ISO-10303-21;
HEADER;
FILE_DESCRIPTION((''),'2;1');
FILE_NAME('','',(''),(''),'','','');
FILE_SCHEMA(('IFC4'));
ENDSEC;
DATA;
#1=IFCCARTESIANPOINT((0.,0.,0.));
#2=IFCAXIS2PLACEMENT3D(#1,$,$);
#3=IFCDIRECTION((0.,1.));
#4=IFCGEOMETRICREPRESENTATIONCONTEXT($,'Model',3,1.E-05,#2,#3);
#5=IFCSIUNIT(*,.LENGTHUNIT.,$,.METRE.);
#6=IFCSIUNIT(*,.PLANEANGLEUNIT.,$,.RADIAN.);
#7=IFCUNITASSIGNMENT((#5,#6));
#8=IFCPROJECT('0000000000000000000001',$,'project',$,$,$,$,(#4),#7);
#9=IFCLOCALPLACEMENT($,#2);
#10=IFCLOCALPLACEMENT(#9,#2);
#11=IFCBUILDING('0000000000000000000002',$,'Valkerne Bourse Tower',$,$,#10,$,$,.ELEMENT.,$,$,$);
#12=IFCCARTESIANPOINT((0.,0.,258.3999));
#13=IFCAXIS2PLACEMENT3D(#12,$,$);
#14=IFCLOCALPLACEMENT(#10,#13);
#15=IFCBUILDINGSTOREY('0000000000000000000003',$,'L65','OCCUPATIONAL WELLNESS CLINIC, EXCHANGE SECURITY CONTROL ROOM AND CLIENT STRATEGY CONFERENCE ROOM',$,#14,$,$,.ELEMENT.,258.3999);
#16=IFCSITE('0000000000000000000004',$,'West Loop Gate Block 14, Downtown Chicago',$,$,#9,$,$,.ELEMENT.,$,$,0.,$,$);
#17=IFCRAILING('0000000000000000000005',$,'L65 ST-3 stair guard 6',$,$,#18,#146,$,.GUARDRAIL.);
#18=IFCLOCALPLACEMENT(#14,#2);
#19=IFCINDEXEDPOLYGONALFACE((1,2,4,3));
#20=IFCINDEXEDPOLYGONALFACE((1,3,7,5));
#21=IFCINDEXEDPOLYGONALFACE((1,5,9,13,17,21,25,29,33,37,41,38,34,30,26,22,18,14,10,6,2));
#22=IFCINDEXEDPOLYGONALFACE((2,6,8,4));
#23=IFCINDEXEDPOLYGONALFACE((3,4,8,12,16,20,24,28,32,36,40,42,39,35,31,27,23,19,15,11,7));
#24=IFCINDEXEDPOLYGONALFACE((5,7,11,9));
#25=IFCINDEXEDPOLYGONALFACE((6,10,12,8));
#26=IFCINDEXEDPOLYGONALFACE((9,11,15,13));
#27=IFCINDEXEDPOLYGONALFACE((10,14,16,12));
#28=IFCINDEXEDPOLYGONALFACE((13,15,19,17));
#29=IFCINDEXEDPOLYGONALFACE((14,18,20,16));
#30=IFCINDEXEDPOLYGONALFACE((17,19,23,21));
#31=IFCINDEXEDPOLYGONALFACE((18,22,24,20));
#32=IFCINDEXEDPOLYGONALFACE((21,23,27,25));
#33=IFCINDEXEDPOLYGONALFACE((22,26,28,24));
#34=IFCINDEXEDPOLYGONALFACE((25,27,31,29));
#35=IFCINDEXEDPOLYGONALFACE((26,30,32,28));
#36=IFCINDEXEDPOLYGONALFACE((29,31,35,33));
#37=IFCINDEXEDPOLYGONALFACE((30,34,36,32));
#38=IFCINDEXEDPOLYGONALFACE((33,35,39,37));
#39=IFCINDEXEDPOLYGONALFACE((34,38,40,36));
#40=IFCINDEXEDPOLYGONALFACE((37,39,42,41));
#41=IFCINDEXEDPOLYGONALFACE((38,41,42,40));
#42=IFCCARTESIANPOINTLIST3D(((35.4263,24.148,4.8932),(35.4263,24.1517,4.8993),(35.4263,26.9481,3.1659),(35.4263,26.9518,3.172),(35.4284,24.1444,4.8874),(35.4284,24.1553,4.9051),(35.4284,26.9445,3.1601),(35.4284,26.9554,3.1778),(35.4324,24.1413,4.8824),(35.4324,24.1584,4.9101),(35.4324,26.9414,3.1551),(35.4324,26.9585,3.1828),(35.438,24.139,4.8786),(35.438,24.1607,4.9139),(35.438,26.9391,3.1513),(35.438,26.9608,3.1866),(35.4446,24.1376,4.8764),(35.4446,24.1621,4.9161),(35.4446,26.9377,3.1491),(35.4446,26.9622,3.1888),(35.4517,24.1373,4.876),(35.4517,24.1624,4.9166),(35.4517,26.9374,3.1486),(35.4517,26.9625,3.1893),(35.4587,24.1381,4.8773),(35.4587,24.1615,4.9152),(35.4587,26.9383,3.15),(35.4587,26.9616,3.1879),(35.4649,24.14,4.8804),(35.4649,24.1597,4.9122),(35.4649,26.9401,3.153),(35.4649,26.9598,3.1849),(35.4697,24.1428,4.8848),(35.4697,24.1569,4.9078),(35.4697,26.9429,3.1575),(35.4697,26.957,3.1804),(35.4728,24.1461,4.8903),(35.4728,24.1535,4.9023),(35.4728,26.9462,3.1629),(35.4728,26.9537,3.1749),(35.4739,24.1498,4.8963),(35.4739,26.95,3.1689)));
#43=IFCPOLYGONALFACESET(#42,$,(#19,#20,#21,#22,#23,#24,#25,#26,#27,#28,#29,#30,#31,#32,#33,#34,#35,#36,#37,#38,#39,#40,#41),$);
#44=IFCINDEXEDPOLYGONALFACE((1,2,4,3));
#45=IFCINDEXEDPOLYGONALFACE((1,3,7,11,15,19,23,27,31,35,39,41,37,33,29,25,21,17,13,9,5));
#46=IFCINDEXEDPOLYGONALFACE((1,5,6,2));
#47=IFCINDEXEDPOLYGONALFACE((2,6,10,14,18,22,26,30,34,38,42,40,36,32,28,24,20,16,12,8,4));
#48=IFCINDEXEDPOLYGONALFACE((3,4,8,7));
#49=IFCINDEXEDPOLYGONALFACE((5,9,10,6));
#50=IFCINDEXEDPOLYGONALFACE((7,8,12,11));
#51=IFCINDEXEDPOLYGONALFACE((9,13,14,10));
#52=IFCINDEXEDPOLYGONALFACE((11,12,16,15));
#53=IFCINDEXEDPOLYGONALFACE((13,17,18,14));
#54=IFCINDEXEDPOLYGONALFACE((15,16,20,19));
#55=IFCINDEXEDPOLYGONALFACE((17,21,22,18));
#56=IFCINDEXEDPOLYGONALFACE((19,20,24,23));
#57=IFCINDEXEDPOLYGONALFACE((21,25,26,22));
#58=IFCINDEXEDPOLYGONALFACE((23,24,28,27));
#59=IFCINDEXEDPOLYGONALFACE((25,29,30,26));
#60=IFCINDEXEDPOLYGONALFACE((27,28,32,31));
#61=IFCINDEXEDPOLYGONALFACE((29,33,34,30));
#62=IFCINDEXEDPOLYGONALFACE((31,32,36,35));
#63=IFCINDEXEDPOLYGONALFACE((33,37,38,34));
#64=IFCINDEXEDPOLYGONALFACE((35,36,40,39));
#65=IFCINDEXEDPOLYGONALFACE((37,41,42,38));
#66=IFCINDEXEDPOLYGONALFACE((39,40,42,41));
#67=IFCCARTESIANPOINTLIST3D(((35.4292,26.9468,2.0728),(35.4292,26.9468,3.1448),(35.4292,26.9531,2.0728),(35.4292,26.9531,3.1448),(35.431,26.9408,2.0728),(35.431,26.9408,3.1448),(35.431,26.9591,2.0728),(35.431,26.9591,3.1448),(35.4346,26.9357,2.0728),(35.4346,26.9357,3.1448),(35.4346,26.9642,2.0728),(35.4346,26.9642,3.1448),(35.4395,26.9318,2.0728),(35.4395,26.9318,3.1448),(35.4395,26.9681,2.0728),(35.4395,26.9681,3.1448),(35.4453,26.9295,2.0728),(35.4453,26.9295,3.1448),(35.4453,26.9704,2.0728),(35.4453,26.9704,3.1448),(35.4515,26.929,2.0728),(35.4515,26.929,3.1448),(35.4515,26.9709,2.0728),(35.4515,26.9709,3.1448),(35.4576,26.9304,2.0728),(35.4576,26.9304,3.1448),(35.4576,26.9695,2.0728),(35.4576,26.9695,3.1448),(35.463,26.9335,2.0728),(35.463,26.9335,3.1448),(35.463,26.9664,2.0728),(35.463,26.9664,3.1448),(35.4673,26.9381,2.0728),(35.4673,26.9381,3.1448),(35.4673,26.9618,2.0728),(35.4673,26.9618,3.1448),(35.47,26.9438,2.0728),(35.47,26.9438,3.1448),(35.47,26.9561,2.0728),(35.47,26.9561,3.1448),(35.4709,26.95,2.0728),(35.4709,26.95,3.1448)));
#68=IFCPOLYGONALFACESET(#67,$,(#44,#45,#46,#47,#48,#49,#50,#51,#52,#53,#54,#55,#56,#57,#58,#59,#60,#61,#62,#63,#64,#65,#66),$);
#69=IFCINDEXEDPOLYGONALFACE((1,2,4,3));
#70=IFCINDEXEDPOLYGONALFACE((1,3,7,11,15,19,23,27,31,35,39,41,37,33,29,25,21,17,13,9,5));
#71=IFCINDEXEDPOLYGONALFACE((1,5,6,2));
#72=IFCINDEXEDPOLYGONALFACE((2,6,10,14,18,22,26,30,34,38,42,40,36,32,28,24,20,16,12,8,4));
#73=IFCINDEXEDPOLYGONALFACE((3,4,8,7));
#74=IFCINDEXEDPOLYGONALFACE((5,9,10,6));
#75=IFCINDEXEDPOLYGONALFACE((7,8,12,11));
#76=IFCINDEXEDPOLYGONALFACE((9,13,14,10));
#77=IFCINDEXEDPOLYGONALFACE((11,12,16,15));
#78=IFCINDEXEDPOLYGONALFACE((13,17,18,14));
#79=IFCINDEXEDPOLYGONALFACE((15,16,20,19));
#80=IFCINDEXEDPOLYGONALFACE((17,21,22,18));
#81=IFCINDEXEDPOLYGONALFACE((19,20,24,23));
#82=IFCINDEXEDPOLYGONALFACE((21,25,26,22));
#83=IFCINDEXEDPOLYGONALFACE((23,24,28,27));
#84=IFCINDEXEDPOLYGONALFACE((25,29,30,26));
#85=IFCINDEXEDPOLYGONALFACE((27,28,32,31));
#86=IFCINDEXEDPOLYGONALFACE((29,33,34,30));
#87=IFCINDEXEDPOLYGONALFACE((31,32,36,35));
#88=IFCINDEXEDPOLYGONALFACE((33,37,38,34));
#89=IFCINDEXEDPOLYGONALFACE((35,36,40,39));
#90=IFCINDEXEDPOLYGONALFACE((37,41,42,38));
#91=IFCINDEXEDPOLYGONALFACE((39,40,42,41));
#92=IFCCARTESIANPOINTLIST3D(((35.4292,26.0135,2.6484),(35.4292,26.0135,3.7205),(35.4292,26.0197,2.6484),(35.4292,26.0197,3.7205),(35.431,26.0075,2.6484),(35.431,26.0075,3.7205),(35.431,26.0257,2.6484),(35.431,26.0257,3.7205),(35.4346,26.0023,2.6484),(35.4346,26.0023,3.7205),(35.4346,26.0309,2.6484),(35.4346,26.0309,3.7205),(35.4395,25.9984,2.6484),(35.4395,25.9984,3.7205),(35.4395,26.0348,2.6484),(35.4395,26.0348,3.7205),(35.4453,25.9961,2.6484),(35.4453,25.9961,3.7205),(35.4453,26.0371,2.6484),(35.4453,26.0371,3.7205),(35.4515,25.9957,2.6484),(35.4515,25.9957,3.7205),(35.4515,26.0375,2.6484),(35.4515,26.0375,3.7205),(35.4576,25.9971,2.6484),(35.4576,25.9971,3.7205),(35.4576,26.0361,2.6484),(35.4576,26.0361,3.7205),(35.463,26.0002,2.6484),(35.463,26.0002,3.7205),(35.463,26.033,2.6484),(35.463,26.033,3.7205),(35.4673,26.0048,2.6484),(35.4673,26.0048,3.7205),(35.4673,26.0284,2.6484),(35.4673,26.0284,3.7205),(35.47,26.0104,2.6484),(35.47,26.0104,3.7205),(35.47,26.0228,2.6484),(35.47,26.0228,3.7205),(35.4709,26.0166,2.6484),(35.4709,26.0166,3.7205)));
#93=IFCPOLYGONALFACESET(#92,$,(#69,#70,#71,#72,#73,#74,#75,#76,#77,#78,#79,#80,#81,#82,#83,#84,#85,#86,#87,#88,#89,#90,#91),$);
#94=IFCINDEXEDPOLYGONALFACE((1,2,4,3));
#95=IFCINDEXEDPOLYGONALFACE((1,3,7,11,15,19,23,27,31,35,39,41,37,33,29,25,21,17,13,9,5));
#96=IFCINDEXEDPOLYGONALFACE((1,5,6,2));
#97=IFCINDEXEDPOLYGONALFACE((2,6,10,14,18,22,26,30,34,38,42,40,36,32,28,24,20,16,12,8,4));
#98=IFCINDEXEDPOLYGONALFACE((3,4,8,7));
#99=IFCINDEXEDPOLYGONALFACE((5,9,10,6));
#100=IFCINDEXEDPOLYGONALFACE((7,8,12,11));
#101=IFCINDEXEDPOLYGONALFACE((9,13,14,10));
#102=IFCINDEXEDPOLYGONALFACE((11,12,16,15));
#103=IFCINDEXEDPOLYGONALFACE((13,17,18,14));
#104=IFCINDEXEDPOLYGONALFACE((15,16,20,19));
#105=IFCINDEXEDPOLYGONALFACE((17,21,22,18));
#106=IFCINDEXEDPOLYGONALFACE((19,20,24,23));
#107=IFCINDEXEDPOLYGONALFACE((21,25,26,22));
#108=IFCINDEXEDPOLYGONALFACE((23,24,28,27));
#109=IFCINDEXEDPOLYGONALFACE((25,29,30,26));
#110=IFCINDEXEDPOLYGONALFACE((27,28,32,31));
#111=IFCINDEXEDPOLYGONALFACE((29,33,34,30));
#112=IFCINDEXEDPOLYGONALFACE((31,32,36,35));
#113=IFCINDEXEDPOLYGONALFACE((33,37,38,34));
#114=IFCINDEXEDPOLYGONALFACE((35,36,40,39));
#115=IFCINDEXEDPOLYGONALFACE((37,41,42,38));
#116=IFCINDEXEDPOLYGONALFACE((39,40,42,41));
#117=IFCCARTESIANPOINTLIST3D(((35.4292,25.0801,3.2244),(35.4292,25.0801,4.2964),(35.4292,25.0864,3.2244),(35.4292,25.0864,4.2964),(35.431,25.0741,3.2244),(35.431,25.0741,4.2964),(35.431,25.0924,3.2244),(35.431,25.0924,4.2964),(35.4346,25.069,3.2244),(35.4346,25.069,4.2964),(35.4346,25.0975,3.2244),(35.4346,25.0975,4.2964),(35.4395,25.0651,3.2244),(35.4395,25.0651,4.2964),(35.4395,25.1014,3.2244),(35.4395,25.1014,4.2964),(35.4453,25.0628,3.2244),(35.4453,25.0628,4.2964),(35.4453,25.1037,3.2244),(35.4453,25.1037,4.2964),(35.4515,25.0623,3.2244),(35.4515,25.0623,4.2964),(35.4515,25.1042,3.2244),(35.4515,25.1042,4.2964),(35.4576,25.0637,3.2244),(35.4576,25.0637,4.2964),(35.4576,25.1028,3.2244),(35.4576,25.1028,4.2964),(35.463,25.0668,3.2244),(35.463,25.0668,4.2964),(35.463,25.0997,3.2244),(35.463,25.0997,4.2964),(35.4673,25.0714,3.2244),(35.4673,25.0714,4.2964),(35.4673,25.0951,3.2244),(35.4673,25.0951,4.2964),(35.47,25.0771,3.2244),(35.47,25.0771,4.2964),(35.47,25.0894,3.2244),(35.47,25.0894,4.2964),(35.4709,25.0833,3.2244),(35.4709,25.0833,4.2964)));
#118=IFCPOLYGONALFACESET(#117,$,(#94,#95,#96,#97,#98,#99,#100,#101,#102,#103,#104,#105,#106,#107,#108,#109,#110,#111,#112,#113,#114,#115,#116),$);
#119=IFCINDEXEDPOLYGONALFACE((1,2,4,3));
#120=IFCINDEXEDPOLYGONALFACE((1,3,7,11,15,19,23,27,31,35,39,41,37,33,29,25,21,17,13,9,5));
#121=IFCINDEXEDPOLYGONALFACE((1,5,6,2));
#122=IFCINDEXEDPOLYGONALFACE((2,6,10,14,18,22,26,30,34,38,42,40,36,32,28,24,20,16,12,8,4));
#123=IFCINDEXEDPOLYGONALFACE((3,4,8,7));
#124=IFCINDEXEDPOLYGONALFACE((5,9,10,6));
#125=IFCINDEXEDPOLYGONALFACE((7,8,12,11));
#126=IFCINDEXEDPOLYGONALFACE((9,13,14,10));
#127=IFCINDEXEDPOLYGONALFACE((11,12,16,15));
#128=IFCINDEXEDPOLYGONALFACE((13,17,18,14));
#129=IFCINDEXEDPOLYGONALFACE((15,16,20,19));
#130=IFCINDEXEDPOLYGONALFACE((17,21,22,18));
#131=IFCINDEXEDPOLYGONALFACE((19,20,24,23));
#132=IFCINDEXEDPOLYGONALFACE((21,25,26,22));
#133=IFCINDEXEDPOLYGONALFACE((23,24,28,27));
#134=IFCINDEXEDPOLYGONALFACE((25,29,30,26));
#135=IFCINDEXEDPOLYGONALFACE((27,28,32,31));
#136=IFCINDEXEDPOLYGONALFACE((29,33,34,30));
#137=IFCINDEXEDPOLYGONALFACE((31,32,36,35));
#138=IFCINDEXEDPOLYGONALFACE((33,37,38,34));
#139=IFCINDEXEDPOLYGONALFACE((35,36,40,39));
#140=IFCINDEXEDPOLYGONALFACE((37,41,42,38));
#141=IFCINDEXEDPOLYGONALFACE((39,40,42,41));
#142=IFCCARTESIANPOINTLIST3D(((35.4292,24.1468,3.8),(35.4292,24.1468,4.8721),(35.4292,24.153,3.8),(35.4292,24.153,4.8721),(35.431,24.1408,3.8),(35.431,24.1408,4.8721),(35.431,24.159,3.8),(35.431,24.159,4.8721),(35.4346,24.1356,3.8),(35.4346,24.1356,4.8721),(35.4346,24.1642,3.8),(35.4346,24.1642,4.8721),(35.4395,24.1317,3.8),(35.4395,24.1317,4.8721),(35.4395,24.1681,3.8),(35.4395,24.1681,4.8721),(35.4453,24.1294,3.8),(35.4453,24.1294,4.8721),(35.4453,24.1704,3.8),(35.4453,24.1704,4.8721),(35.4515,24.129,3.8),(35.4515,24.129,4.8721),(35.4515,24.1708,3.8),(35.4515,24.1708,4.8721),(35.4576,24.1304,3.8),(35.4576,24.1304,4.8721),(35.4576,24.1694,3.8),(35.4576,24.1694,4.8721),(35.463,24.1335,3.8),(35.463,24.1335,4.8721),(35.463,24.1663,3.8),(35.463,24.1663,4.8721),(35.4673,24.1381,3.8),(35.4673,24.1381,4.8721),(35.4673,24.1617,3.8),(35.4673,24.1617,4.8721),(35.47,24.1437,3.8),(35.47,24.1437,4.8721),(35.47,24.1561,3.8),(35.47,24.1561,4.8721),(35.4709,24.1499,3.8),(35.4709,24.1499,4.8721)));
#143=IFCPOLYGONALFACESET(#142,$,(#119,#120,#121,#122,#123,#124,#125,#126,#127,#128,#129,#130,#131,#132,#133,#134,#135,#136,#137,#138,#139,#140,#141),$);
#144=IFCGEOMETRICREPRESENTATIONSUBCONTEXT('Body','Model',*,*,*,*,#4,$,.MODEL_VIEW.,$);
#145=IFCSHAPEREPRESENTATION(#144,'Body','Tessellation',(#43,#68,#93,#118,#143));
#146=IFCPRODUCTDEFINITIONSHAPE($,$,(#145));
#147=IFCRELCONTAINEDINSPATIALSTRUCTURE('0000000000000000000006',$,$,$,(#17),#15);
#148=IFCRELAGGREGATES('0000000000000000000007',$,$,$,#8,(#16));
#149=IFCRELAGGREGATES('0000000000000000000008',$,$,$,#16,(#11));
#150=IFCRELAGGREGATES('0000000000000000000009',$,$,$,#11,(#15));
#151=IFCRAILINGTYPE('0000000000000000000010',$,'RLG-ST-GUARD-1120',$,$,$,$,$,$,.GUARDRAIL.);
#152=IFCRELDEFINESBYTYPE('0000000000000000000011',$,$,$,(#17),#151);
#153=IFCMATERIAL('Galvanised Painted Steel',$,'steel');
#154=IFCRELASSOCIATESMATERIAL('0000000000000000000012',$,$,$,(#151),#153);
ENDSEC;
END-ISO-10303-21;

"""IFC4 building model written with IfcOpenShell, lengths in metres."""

from ifc_helpers import new_model, si_unit, direction, frame, origin, origin_2d, place, context, subcontext, project, spatial, circle, extrude, material, type_object, element, save


model = new_model("IFC4")

# Units and contexts
model_context = context("Model", 3, precision=1e-05, world=origin(), true_north=direction((0.0, 1.0)))
body_context = subcontext(model_context, "Body", "Model", "MODEL_VIEW")
ifc_project = project(units=[si_unit("LENGTHUNIT", "METRE"), si_unit("PLANEANGLEUNIT", "RADIAN")], contexts=[model_context])

# Site, building, storey
site_placement = place(None, origin())
site = spatial("IfcSite", under=ifc_project, at=site_placement, Name="West Loop Gate Block 14, Downtown Chicago", CompositionType="ELEMENT", RefElevation=0.0)
building_placement = place(site_placement, origin())
building = spatial("IfcBuilding", under=site, at=building_placement, Name="Valkerne Bourse Tower", CompositionType="ELEMENT")
storey_placement = place(building_placement, frame((0.0, 0.0, 258.3999)))
storey = spatial("IfcBuildingStorey", under=building, at=storey_placement, Name="L65", Description="OCCUPATIONAL WELLNESS CLINIC, EXCHANGE SECURITY CONTROL ROOM AND CLIENT STRATEGY CONFERENCE ROOM", CompositionType="ELEMENT", Elevation=258.3999)

# Railing
ifc_material_1 = material(Name="Galvanised Painted Steel", Category="steel")
railing_type_1 = type_object("IfcRailingType", Name="RLG-ST-GUARD-1120", PredefinedType="GUARDRAIL", material=ifc_material_1)
railing_1_placement = place(storey_placement, frame((35.45, 26.95, 2.0728)))
element("IfcRailing", 1, at=railing_1_placement, inside=storey, type_object=railing_type_1, Name="L65 ST-3 stair guard 6", PredefinedType="GUARDRAIL", context=body_context, shape_type="SweptSolid", body=[
    extrude(circle(Radius=0.0239, at=origin_2d()), frame((0.0, 0.0, 1.0962), z_axis=(0.0, -0.85109, 0.52502), x_axis=(1.0, 0.0, 0.0)), (0.0, 0.0, 1.0), 3.29),
    extrude(circle(Radius=0.021, at=origin_2d()), origin(), (0.0, 0.0, 1.0), 1.072),
    extrude(circle(Radius=0.021, at=origin_2d()), frame((0.0, -0.9333, 0.5757)), (0.0, 0.0, 1.0), 1.072),
    extrude(circle(Radius=0.021, at=origin_2d()), frame((0.0, -1.8667, 1.1516)), (0.0, 0.0, 1.0), 1.072),
    extrude(circle(Radius=0.021, at=origin_2d()), frame((0.0, -2.8, 1.7273)), (0.0, 0.0, 1.0), 1.072),
])

save(model, "model.ifc")
